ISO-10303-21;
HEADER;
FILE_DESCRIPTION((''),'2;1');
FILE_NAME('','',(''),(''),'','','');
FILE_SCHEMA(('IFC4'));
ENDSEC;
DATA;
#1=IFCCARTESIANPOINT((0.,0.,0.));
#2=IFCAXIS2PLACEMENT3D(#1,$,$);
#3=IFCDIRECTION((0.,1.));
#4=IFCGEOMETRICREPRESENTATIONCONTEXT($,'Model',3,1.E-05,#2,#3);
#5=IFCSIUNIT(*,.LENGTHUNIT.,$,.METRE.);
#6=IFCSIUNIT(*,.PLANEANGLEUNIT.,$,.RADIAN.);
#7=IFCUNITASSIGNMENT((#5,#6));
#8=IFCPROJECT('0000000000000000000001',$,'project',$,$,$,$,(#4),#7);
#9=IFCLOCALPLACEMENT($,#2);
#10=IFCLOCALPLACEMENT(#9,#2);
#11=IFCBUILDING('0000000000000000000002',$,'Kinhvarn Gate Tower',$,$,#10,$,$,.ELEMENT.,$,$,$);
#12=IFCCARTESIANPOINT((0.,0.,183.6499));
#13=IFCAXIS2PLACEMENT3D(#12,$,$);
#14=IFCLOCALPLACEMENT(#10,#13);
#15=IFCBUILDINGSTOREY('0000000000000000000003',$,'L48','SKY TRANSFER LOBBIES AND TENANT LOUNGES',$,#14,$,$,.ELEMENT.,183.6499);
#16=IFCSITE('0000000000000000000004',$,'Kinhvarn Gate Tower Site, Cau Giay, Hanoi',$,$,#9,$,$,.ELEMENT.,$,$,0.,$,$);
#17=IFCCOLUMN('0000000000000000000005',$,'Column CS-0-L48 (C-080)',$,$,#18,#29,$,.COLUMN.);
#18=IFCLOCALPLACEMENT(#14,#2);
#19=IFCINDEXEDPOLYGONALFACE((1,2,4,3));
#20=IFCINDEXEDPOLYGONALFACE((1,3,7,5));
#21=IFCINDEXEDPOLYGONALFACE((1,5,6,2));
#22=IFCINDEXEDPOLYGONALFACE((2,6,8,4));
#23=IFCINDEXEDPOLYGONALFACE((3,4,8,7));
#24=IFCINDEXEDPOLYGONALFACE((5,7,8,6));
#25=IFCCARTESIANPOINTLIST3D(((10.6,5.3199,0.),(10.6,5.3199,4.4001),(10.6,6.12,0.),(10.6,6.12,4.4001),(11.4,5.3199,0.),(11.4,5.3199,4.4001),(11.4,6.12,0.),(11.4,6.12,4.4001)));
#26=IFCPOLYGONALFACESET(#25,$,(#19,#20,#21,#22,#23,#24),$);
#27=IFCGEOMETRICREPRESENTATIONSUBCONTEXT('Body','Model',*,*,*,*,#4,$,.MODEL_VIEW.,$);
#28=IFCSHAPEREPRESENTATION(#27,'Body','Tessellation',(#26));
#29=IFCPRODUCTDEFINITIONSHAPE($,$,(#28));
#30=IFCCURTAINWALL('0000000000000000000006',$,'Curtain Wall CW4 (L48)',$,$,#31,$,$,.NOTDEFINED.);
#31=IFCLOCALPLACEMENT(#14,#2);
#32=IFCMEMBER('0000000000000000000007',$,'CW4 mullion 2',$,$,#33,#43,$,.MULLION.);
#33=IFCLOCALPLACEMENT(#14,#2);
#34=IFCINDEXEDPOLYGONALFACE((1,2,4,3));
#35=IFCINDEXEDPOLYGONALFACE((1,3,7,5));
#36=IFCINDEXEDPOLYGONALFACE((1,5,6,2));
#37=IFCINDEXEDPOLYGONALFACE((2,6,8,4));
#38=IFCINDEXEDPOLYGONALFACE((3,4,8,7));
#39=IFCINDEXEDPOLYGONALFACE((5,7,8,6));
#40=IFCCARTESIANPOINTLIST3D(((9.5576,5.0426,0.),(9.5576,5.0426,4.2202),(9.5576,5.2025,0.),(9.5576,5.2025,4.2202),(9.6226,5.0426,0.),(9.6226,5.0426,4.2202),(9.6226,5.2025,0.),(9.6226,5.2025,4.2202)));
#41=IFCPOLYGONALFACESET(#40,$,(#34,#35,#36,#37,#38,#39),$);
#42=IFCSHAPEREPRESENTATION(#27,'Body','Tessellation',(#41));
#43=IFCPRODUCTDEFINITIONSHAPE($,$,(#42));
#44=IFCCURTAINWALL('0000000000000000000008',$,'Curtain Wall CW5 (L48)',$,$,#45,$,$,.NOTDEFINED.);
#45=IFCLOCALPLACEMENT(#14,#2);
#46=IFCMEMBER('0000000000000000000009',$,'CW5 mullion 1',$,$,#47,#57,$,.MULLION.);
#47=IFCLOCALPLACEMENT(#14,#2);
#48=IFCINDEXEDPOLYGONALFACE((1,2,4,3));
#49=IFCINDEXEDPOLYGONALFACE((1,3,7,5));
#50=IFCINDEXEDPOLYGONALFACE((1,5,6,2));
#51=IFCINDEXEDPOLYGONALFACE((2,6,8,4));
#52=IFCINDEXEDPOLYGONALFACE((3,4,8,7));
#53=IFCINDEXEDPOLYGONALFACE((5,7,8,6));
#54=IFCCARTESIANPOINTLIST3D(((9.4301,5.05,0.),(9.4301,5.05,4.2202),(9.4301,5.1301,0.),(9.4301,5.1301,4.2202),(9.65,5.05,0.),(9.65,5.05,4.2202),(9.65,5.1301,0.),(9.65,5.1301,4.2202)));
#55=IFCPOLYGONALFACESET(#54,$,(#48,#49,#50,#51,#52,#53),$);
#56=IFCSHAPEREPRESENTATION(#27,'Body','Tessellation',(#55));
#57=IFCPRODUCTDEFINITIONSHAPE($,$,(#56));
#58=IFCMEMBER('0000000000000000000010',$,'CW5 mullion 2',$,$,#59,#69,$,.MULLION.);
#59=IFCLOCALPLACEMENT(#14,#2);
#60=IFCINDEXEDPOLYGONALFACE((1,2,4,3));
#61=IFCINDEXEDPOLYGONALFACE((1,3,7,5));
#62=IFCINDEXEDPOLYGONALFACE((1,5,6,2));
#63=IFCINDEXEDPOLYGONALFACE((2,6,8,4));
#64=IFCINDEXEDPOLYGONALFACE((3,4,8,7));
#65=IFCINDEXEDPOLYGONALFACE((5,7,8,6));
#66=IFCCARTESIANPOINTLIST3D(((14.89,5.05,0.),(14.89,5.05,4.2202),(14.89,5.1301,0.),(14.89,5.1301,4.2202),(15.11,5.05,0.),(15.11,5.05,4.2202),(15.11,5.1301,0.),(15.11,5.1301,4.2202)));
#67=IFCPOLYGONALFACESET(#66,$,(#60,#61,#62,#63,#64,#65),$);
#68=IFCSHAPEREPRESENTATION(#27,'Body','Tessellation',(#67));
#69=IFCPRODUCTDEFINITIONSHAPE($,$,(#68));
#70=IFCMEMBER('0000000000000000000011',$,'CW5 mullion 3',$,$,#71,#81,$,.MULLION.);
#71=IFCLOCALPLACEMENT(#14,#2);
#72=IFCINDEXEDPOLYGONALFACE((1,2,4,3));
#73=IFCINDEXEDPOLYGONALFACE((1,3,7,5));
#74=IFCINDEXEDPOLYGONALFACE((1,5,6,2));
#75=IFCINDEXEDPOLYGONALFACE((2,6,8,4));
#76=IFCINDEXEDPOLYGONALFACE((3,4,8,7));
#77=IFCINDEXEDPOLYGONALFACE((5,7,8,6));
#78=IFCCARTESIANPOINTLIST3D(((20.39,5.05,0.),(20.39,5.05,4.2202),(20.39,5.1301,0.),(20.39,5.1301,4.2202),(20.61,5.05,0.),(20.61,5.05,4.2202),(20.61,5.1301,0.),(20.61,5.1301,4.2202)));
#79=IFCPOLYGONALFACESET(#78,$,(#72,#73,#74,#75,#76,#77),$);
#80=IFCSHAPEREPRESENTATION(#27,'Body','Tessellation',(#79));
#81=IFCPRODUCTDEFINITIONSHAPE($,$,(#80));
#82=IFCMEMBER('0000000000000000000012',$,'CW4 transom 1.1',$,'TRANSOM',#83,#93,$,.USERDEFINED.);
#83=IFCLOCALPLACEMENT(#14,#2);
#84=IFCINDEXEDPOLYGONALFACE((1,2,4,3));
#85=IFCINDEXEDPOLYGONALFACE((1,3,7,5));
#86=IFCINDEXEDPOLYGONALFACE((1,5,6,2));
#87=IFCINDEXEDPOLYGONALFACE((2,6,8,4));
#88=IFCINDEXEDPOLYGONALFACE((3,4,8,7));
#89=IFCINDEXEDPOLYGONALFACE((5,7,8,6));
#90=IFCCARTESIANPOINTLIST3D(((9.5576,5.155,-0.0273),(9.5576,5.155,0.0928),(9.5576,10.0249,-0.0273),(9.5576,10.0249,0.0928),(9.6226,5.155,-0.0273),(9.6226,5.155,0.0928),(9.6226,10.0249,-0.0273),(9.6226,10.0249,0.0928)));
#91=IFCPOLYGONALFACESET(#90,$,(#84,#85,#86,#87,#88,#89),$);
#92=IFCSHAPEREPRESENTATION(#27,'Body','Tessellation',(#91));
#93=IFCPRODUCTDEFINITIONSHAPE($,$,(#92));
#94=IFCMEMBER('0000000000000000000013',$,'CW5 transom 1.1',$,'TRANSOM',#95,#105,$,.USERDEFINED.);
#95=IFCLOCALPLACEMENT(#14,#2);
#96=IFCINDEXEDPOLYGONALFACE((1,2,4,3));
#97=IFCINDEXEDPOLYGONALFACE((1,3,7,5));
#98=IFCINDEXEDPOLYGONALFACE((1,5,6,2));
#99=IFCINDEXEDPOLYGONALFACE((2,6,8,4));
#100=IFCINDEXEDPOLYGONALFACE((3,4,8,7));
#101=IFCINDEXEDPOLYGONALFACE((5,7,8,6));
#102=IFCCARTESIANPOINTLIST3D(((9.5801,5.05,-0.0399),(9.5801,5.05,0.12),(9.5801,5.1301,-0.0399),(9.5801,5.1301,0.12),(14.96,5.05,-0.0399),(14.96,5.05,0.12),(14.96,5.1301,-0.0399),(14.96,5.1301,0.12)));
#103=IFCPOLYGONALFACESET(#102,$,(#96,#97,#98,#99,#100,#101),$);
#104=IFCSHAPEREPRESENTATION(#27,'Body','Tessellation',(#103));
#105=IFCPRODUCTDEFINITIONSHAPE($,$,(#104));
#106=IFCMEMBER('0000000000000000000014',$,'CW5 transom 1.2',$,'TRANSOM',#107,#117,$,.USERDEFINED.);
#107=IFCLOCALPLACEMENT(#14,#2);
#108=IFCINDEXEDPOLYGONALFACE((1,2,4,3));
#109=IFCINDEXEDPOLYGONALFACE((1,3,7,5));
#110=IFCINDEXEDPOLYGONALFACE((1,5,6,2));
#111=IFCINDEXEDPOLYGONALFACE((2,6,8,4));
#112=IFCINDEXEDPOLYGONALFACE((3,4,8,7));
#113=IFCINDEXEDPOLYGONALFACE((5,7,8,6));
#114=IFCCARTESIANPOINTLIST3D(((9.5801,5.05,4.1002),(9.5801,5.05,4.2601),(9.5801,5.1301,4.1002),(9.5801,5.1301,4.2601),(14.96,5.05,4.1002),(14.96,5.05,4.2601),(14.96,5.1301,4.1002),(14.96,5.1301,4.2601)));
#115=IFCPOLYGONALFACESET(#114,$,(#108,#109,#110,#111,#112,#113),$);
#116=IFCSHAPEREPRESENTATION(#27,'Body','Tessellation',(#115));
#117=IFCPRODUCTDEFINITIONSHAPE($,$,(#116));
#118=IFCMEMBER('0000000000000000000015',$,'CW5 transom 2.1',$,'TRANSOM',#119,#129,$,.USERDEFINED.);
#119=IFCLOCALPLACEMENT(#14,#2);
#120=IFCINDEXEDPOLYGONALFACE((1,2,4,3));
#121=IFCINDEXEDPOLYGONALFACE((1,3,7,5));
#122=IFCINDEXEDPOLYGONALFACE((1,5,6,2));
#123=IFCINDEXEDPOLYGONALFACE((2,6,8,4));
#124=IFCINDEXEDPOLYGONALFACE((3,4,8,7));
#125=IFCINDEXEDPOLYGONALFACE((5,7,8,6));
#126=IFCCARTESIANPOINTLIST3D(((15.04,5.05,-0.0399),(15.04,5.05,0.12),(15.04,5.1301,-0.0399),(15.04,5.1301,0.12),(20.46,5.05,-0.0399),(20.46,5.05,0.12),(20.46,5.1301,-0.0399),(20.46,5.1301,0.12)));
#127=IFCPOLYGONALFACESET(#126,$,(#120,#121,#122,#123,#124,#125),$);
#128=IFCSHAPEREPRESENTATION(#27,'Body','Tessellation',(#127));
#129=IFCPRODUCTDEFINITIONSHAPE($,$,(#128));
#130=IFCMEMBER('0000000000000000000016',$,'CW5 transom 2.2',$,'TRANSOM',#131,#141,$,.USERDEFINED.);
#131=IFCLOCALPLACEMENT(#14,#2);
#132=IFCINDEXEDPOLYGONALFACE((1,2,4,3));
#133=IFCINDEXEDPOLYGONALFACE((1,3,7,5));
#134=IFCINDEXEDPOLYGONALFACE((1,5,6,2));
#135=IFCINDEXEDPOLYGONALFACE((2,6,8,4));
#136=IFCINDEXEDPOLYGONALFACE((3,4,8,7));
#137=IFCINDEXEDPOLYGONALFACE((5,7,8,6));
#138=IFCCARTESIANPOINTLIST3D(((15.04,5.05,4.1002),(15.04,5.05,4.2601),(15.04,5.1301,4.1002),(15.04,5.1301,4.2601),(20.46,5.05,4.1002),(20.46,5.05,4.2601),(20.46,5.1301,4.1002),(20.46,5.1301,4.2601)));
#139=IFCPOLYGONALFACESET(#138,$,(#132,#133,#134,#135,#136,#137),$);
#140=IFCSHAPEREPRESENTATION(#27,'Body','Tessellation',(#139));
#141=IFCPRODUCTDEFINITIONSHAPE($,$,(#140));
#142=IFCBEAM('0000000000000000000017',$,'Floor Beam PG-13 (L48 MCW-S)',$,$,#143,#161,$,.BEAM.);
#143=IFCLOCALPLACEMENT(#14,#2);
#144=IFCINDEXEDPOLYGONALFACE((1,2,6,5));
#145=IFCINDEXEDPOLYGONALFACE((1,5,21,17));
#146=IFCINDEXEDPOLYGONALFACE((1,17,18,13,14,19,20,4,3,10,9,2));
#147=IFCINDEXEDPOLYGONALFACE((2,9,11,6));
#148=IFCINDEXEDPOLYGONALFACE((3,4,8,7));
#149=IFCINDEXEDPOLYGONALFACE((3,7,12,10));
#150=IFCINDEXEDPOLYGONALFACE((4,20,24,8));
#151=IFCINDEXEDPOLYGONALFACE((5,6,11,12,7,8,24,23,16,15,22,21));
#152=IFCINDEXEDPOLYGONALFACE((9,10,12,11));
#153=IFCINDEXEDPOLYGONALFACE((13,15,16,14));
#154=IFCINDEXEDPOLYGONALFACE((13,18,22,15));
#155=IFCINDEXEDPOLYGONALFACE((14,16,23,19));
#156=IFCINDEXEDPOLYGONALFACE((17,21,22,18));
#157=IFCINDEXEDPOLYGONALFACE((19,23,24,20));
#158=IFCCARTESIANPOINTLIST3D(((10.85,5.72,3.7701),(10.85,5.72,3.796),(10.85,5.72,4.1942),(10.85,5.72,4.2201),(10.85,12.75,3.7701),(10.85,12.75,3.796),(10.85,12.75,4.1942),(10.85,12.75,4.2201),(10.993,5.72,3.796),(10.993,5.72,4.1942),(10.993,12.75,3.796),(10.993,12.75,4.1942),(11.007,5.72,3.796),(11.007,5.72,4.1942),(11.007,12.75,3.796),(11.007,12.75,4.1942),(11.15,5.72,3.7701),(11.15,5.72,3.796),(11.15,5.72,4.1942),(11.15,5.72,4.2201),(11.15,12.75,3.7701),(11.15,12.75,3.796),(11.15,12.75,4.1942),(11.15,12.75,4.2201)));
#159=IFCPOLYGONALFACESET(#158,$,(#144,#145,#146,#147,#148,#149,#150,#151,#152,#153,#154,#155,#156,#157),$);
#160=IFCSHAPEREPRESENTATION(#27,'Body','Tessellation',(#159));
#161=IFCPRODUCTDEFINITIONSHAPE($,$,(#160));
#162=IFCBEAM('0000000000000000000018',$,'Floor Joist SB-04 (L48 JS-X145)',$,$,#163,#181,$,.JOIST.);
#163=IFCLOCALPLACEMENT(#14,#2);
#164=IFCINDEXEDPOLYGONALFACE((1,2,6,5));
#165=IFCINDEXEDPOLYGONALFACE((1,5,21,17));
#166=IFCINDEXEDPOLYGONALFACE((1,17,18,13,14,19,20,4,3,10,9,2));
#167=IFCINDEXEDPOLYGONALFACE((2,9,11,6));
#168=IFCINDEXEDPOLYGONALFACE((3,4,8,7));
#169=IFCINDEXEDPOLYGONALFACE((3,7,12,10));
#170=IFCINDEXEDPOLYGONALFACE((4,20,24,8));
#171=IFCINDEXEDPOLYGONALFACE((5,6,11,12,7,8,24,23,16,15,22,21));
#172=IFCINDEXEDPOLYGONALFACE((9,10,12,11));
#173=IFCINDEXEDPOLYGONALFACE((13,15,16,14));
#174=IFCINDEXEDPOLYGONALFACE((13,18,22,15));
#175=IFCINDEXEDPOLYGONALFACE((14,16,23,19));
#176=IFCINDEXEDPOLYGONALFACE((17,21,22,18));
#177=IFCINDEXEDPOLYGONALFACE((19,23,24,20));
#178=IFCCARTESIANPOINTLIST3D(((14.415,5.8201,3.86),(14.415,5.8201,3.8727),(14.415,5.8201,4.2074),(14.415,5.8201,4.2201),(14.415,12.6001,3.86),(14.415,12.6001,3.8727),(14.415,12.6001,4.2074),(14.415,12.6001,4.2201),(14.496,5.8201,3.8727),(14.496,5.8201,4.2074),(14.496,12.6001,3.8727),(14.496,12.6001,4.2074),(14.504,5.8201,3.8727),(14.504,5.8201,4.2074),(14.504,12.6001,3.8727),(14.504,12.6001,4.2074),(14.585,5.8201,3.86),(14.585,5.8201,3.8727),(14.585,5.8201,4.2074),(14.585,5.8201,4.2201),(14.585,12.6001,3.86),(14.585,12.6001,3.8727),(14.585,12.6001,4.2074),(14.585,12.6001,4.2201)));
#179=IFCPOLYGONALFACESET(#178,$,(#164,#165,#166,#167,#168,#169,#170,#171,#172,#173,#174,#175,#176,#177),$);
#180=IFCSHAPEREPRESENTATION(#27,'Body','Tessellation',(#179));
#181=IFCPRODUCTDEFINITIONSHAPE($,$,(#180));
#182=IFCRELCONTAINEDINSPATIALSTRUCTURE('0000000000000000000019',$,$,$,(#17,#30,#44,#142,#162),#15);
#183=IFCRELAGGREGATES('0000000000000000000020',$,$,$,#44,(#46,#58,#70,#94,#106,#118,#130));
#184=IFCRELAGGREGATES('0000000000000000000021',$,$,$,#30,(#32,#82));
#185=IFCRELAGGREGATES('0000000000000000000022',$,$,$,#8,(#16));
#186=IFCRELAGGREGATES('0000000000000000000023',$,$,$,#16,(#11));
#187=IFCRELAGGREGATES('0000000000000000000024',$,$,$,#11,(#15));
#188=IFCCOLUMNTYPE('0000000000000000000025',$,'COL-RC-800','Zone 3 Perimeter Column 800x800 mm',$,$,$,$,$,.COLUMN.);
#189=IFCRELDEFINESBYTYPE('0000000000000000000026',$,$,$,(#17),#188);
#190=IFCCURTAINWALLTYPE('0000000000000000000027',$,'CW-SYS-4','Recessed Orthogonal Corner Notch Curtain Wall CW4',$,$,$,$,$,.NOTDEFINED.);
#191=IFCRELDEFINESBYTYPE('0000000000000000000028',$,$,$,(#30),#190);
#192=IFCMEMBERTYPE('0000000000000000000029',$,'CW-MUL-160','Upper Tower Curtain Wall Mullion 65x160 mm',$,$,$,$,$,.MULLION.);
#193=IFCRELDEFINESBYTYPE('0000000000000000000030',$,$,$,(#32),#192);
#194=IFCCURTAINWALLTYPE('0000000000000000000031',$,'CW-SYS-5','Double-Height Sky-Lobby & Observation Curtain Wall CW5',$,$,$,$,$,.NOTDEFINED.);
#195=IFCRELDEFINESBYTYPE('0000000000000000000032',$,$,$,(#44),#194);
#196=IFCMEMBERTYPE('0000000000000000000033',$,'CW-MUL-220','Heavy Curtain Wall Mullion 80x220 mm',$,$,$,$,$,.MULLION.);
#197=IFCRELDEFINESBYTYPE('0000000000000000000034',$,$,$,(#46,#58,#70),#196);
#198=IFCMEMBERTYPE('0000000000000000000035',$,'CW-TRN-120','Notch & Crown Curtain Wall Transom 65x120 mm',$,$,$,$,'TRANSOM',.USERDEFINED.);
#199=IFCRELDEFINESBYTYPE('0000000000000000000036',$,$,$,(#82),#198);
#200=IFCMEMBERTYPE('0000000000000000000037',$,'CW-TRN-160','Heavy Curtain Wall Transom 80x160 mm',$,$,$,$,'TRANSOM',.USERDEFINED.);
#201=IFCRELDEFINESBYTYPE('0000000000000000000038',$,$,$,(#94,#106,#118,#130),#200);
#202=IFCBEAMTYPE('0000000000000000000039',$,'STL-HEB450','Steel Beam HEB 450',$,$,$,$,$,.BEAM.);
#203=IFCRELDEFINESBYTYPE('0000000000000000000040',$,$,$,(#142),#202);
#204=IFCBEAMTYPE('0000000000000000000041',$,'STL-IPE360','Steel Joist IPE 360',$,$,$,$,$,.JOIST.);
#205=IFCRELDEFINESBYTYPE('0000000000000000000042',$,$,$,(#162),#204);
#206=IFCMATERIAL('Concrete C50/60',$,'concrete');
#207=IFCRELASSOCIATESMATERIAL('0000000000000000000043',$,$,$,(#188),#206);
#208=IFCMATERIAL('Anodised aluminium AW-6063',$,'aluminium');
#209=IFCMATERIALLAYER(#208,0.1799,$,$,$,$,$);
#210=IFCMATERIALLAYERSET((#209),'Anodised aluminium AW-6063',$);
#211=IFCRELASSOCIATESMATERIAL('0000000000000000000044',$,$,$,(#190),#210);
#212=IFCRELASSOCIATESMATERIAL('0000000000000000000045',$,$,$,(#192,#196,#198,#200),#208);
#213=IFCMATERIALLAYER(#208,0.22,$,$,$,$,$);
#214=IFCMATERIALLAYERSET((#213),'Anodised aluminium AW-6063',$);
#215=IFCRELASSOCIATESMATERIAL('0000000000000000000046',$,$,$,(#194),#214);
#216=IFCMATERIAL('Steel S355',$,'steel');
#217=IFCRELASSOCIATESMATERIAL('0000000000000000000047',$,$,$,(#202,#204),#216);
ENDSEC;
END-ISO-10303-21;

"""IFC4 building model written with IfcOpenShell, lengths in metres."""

from ifc_helpers import new_model, si_unit, direction, frame, origin, origin_2d, place, context, subcontext, project, spatial, rectangle, i_section, extrude, material, layer, layer_set, material_profile, profile_set, type_object, element, aggregate, save


model = new_model("IFC4")

# Units and contexts
model_context = context("Model", 3, precision=1e-05, world=origin(), true_north=direction((0.0, 1.0)))
body_context = subcontext(model_context, "Body", "Model", "MODEL_VIEW")
ifc_project = project(units=[si_unit("LENGTHUNIT", "METRE"), si_unit("PLANEANGLEUNIT", "RADIAN")], contexts=[model_context])

# Site, building, storey
site_placement = place(None, origin())
site = spatial("IfcSite", under=ifc_project, at=site_placement, Name="Kinhvarn Gate Tower Site, Cau Giay, Hanoi", CompositionType="ELEMENT", RefElevation=0.0)
building_placement = place(site_placement, origin())
building = spatial("IfcBuilding", under=site, at=building_placement, Name="Kinhvarn Gate Tower", CompositionType="ELEMENT")
storey_placement = place(building_placement, frame((0.0, 0.0, 183.6499)))
storey = spatial("IfcBuildingStorey", under=building, at=storey_placement, Name="L48", Description="SKY TRANSFER LOBBIES AND TENANT LOUNGES", CompositionType="ELEMENT", Elevation=183.6499)

# Column
ifc_material_1 = material(Name="Concrete C50/60", Category="concrete")
ifc_material_profile_1 = material_profile(ifc_material_1, rectangle(XDim=0.8, YDim=0.8, at=origin_2d()), Name="RC 800x800")
ifc_profile_set_1 = profile_set([ifc_material_profile_1], Name="Concrete C50/60")
column_type = type_object("IfcColumnType", Name="COL-RC-800", Description="Zone 3 Perimeter Column 800x800 mm", PredefinedType="COLUMN", material=ifc_profile_set_1)
column_placement = place(storey_placement, frame((11.0, 5.72, 0.0), z_axis=(0.0, 0.0, 1.0), x_axis=(1.0, 0.0, 0.0)))
element("IfcColumn", 1, at=column_placement, inside=storey, type_object=column_type, Name="Column CS-0-L48 (C-080)", PredefinedType="COLUMN", context=body_context, shape_type="SweptSolid", body=[
    extrude(rectangle(XDim=0.8, YDim=0.8, at=origin_2d()), origin(), (0.0, 0.0, 1.0), 4.4001),
])

# Curtain wall, member
ifc_material_2 = material(Name="Anodised aluminium AW-6063", Category="aluminium")
ifc_layer_1 = layer(ifc_material_2, 0.1799)
ifc_layer_set_1 = layer_set([ifc_layer_1], Name="Anodised aluminium AW-6063")
curtain_wall_type_1 = type_object("IfcCurtainWallType", Name="CW-SYS-4", Description="Recessed Orthogonal Corner Notch Curtain Wall CW4", PredefinedType="NOTDEFINED", material=ifc_layer_set_1)
curtain_wall_1_placement = place(storey_placement, origin())
curtain_wall_1 = element("IfcCurtainWall", 2, at=curtain_wall_1_placement, inside=storey, type_object=curtain_wall_type_1, Name="Curtain Wall CW4 (L48)", PredefinedType="NOTDEFINED")
ifc_material_profile_2 = material_profile(ifc_material_2, rectangle(XDim=0.0649, YDim=0.1599, at=origin_2d()), Name="ALU 65x160")
ifc_profile_set_2 = profile_set([ifc_material_profile_2], Name="Anodised aluminium AW-6063")
member_type_1 = type_object("IfcMemberType", Name="CW-MUL-160", Description="Upper Tower Curtain Wall Mullion 65x160 mm", PredefinedType="MULLION", material=ifc_profile_set_2)
member_1_placement = place(storey_placement, frame((9.5901, 5.1226, 0.0), z_axis=(0.0, 0.0, 1.0), x_axis=(1.0, 0.0, 0.0)))
member_1 = element("IfcMember", 3, at=member_1_placement, type_object=member_type_1, Name="CW4 mullion 2", PredefinedType="MULLION", context=body_context, shape_type="SweptSolid", body=[
    extrude(rectangle(XDim=0.0649, YDim=0.1599, at=origin_2d()), origin(), (0.0, 0.0, 1.0), 4.2202),
])

# Curtain wall, members
ifc_layer_2 = layer(ifc_material_2, 0.22)
ifc_layer_set_2 = layer_set([ifc_layer_2], Name="Anodised aluminium AW-6063")
curtain_wall_type_2 = type_object("IfcCurtainWallType", Name="CW-SYS-5", Description="Double-Height Sky-Lobby & Observation Curtain Wall CW5", PredefinedType="NOTDEFINED", material=ifc_layer_set_2)
curtain_wall_2_placement = place(storey_placement, origin())
curtain_wall_2 = element("IfcCurtainWall", 4, at=curtain_wall_2_placement, inside=storey, type_object=curtain_wall_type_2, Name="Curtain Wall CW5 (L48)", PredefinedType="NOTDEFINED")
ifc_material_profile_3 = material_profile(ifc_material_2, rectangle(XDim=0.0801, YDim=0.22, at=origin_2d()), Name="ALU 80x220")
ifc_profile_set_3 = profile_set([ifc_material_profile_3], Name="Anodised aluminium AW-6063")
member_type_2 = type_object("IfcMemberType", Name="CW-MUL-220", Description="Heavy Curtain Wall Mullion 80x220 mm", PredefinedType="MULLION", material=ifc_profile_set_3)
member_2_placement = place(storey_placement, frame((9.54, 5.0901, 0.0), z_axis=(0.0, 0.0, 1.0), x_axis=(0.0, 1.0, 0.0)))
member_2 = element("IfcMember", 5, at=member_2_placement, type_object=member_type_2, Name="CW5 mullion 1", PredefinedType="MULLION", context=body_context, shape_type="SweptSolid", body=[
    extrude(rectangle(XDim=0.0801, YDim=0.22, at=origin_2d()), origin(), (0.0, 0.0, 1.0), 4.2202),
])
member_3_placement = place(storey_placement, frame((15.0, 5.0901, 0.0), z_axis=(0.0, 0.0, 1.0), x_axis=(0.0, 1.0, 0.0)))
member_3 = element("IfcMember", 6, at=member_3_placement, type_object=member_type_2, Name="CW5 mullion 2", PredefinedType="MULLION", context=body_context, shape_type="SweptSolid", body=[
    extrude(rectangle(XDim=0.0801, YDim=0.22, at=origin_2d()), origin(), (0.0, 0.0, 1.0), 4.2202),
])
member_4_placement = place(storey_placement, frame((20.5, 5.0901, 0.0), z_axis=(0.0, 0.0, 1.0), x_axis=(0.0, 1.0, 0.0)))
member_4 = element("IfcMember", 7, at=member_4_placement, type_object=member_type_2, Name="CW5 mullion 3", PredefinedType="MULLION", context=body_context, shape_type="SweptSolid", body=[
    extrude(rectangle(XDim=0.0801, YDim=0.22, at=origin_2d()), origin(), (0.0, 0.0, 1.0), 4.2202),
])

# Members
ifc_material_profile_4 = material_profile(ifc_material_2, rectangle(XDim=0.0649, YDim=0.1201, at=origin_2d()), Name="ALU 65x120")
ifc_profile_set_4 = profile_set([ifc_material_profile_4], Name="Anodised aluminium AW-6063")
member_type_3 = type_object("IfcMemberType", Name="CW-TRN-120", Description="Notch & Crown Curtain Wall Transom 65x120 mm", ElementType="TRANSOM", PredefinedType="USERDEFINED", material=ifc_profile_set_4)
member_5_placement = place(storey_placement, frame((9.5901, 10.0249, 0.0327), z_axis=(0.0, -1.0, 0.0), x_axis=(1.0, 0.0, 0.0)))
member_5 = element("IfcMember", 8, at=member_5_placement, type_object=member_type_3, Name="CW4 transom 1.1", ObjectType="TRANSOM", PredefinedType="USERDEFINED", context=body_context, shape_type="SweptSolid", body=[
    extrude(rectangle(XDim=0.0649, YDim=0.1201, at=origin_2d()), origin(), (0.0, 0.0, 1.0), 4.8699),
])
ifc_material_profile_5 = material_profile(ifc_material_2, rectangle(XDim=0.0801, YDim=0.1599, at=origin_2d()), Name="ALU 80x160")
ifc_profile_set_5 = profile_set([ifc_material_profile_5], Name="Anodised aluminium AW-6063")
member_type_4 = type_object("IfcMemberType", Name="CW-TRN-160", Description="Heavy Curtain Wall Transom 80x160 mm", ElementType="TRANSOM", PredefinedType="USERDEFINED", material=ifc_profile_set_5)
member_6_placement = place(storey_placement, frame((9.5801, 5.0901, 0.04), z_axis=(1.0, 0.0, 0.0), x_axis=(0.0, 1.0, 0.0)))
member_6 = element("IfcMember", 9, at=member_6_placement, type_object=member_type_4, Name="CW5 transom 1.1", ObjectType="TRANSOM", PredefinedType="USERDEFINED", context=body_context, shape_type="SweptSolid", body=[
    extrude(rectangle(XDim=0.0801, YDim=0.1599, at=origin_2d()), origin(), (0.0, 0.0, 1.0), 5.3799),
])
member_7_placement = place(storey_placement, frame((9.5801, 5.0901, 4.1802), z_axis=(1.0, 0.0, 0.0), x_axis=(0.0, 1.0, 0.0)))
member_7 = element("IfcMember", 10, at=member_7_placement, type_object=member_type_4, Name="CW5 transom 1.2", ObjectType="TRANSOM", PredefinedType="USERDEFINED", context=body_context, shape_type="SweptSolid", body=[
    extrude(rectangle(XDim=0.0801, YDim=0.1599, at=origin_2d()), origin(), (0.0, 0.0, 1.0), 5.3799),
])
member_8_placement = place(storey_placement, frame((15.04, 5.0901, 0.04), z_axis=(1.0, 0.0, 0.0), x_axis=(0.0, 1.0, 0.0)))
member_8 = element("IfcMember", 11, at=member_8_placement, type_object=member_type_4, Name="CW5 transom 2.1", ObjectType="TRANSOM", PredefinedType="USERDEFINED", context=body_context, shape_type="SweptSolid", body=[
    extrude(rectangle(XDim=0.0801, YDim=0.1599, at=origin_2d()), origin(), (0.0, 0.0, 1.0), 5.4199),
])
member_9_placement = place(storey_placement, frame((15.04, 5.0901, 4.1802), z_axis=(1.0, 0.0, 0.0), x_axis=(0.0, 1.0, 0.0)))
member_9 = element("IfcMember", 12, at=member_9_placement, type_object=member_type_4, Name="CW5 transom 2.2", ObjectType="TRANSOM", PredefinedType="USERDEFINED", context=body_context, shape_type="SweptSolid", body=[
    extrude(rectangle(XDim=0.0801, YDim=0.1599, at=origin_2d()), origin(), (0.0, 0.0, 1.0), 5.4199),
])

# Beams
ifc_material_3 = material(Name="Steel S355", Category="steel")
ifc_material_profile_6 = material_profile(ifc_material_3, i_section(OverallWidth=0.3, OverallDepth=0.45, WebThickness=0.0139, FlangeThickness=0.0259, at=origin_2d()), Name="HEB 450")
ifc_profile_set_6 = profile_set([ifc_material_profile_6], Name="Steel S355")
beam_type_1 = type_object("IfcBeamType", Name="STL-HEB450", Description="Steel Beam HEB 450", PredefinedType="BEAM", material=ifc_profile_set_6)
beam_1_placement = place(storey_placement, frame((11.0, 5.72, 3.9951), z_axis=(0.0, 1.0, 0.0), x_axis=(-1.0, 0.0, 0.0)))
element("IfcBeam", 13, at=beam_1_placement, inside=storey, type_object=beam_type_1, Name="Floor Beam PG-13 (L48 MCW-S)", PredefinedType="BEAM", context=body_context, shape_type="SweptSolid", body=[
    extrude(i_section(OverallWidth=0.3, OverallDepth=0.45, WebThickness=0.0139, FlangeThickness=0.0259, at=origin_2d()), origin(), (0.0, 0.0, 1.0), 7.03),
])
ifc_material_profile_7 = material_profile(ifc_material_3, i_section(OverallWidth=0.1699, OverallDepth=0.3601, WebThickness=0.0081, FlangeThickness=0.0127, at=origin_2d()), Name="IPE 360")
ifc_profile_set_7 = profile_set([ifc_material_profile_7], Name="Steel S355")
beam_type_2 = type_object("IfcBeamType", Name="STL-IPE360", Description="Steel Joist IPE 360", PredefinedType="JOIST", material=ifc_profile_set_7)
for number, where, z_axis, x_axis, name in (
    (14, (14.5, 5.8201, 4.04), (0.0, 1.0, 0.0), (-1.0, 0.0, 0.0), "Floor Joist SB-04 (L48 JS-X145)"),
):
    element("IfcBeam", number, at=place(storey_placement, frame(where, z_axis=z_axis, x_axis=x_axis)), inside=storey, type_object=beam_type_2, Name=name, PredefinedType="JOIST", context=body_context, shape_type="SweptSolid", body=[
        extrude(i_section(OverallWidth=0.1699, OverallDepth=0.3601, WebThickness=0.0081, FlangeThickness=0.0127, at=origin_2d()), origin(), (0.0, 0.0, 1.0), 6.78),
    ])

aggregate(curtain_wall_2, [member_2, member_3, member_4, member_6, member_7, member_8, member_9])
aggregate(curtain_wall_1, [member_1, member_5])

save(model, "model.ifc")
